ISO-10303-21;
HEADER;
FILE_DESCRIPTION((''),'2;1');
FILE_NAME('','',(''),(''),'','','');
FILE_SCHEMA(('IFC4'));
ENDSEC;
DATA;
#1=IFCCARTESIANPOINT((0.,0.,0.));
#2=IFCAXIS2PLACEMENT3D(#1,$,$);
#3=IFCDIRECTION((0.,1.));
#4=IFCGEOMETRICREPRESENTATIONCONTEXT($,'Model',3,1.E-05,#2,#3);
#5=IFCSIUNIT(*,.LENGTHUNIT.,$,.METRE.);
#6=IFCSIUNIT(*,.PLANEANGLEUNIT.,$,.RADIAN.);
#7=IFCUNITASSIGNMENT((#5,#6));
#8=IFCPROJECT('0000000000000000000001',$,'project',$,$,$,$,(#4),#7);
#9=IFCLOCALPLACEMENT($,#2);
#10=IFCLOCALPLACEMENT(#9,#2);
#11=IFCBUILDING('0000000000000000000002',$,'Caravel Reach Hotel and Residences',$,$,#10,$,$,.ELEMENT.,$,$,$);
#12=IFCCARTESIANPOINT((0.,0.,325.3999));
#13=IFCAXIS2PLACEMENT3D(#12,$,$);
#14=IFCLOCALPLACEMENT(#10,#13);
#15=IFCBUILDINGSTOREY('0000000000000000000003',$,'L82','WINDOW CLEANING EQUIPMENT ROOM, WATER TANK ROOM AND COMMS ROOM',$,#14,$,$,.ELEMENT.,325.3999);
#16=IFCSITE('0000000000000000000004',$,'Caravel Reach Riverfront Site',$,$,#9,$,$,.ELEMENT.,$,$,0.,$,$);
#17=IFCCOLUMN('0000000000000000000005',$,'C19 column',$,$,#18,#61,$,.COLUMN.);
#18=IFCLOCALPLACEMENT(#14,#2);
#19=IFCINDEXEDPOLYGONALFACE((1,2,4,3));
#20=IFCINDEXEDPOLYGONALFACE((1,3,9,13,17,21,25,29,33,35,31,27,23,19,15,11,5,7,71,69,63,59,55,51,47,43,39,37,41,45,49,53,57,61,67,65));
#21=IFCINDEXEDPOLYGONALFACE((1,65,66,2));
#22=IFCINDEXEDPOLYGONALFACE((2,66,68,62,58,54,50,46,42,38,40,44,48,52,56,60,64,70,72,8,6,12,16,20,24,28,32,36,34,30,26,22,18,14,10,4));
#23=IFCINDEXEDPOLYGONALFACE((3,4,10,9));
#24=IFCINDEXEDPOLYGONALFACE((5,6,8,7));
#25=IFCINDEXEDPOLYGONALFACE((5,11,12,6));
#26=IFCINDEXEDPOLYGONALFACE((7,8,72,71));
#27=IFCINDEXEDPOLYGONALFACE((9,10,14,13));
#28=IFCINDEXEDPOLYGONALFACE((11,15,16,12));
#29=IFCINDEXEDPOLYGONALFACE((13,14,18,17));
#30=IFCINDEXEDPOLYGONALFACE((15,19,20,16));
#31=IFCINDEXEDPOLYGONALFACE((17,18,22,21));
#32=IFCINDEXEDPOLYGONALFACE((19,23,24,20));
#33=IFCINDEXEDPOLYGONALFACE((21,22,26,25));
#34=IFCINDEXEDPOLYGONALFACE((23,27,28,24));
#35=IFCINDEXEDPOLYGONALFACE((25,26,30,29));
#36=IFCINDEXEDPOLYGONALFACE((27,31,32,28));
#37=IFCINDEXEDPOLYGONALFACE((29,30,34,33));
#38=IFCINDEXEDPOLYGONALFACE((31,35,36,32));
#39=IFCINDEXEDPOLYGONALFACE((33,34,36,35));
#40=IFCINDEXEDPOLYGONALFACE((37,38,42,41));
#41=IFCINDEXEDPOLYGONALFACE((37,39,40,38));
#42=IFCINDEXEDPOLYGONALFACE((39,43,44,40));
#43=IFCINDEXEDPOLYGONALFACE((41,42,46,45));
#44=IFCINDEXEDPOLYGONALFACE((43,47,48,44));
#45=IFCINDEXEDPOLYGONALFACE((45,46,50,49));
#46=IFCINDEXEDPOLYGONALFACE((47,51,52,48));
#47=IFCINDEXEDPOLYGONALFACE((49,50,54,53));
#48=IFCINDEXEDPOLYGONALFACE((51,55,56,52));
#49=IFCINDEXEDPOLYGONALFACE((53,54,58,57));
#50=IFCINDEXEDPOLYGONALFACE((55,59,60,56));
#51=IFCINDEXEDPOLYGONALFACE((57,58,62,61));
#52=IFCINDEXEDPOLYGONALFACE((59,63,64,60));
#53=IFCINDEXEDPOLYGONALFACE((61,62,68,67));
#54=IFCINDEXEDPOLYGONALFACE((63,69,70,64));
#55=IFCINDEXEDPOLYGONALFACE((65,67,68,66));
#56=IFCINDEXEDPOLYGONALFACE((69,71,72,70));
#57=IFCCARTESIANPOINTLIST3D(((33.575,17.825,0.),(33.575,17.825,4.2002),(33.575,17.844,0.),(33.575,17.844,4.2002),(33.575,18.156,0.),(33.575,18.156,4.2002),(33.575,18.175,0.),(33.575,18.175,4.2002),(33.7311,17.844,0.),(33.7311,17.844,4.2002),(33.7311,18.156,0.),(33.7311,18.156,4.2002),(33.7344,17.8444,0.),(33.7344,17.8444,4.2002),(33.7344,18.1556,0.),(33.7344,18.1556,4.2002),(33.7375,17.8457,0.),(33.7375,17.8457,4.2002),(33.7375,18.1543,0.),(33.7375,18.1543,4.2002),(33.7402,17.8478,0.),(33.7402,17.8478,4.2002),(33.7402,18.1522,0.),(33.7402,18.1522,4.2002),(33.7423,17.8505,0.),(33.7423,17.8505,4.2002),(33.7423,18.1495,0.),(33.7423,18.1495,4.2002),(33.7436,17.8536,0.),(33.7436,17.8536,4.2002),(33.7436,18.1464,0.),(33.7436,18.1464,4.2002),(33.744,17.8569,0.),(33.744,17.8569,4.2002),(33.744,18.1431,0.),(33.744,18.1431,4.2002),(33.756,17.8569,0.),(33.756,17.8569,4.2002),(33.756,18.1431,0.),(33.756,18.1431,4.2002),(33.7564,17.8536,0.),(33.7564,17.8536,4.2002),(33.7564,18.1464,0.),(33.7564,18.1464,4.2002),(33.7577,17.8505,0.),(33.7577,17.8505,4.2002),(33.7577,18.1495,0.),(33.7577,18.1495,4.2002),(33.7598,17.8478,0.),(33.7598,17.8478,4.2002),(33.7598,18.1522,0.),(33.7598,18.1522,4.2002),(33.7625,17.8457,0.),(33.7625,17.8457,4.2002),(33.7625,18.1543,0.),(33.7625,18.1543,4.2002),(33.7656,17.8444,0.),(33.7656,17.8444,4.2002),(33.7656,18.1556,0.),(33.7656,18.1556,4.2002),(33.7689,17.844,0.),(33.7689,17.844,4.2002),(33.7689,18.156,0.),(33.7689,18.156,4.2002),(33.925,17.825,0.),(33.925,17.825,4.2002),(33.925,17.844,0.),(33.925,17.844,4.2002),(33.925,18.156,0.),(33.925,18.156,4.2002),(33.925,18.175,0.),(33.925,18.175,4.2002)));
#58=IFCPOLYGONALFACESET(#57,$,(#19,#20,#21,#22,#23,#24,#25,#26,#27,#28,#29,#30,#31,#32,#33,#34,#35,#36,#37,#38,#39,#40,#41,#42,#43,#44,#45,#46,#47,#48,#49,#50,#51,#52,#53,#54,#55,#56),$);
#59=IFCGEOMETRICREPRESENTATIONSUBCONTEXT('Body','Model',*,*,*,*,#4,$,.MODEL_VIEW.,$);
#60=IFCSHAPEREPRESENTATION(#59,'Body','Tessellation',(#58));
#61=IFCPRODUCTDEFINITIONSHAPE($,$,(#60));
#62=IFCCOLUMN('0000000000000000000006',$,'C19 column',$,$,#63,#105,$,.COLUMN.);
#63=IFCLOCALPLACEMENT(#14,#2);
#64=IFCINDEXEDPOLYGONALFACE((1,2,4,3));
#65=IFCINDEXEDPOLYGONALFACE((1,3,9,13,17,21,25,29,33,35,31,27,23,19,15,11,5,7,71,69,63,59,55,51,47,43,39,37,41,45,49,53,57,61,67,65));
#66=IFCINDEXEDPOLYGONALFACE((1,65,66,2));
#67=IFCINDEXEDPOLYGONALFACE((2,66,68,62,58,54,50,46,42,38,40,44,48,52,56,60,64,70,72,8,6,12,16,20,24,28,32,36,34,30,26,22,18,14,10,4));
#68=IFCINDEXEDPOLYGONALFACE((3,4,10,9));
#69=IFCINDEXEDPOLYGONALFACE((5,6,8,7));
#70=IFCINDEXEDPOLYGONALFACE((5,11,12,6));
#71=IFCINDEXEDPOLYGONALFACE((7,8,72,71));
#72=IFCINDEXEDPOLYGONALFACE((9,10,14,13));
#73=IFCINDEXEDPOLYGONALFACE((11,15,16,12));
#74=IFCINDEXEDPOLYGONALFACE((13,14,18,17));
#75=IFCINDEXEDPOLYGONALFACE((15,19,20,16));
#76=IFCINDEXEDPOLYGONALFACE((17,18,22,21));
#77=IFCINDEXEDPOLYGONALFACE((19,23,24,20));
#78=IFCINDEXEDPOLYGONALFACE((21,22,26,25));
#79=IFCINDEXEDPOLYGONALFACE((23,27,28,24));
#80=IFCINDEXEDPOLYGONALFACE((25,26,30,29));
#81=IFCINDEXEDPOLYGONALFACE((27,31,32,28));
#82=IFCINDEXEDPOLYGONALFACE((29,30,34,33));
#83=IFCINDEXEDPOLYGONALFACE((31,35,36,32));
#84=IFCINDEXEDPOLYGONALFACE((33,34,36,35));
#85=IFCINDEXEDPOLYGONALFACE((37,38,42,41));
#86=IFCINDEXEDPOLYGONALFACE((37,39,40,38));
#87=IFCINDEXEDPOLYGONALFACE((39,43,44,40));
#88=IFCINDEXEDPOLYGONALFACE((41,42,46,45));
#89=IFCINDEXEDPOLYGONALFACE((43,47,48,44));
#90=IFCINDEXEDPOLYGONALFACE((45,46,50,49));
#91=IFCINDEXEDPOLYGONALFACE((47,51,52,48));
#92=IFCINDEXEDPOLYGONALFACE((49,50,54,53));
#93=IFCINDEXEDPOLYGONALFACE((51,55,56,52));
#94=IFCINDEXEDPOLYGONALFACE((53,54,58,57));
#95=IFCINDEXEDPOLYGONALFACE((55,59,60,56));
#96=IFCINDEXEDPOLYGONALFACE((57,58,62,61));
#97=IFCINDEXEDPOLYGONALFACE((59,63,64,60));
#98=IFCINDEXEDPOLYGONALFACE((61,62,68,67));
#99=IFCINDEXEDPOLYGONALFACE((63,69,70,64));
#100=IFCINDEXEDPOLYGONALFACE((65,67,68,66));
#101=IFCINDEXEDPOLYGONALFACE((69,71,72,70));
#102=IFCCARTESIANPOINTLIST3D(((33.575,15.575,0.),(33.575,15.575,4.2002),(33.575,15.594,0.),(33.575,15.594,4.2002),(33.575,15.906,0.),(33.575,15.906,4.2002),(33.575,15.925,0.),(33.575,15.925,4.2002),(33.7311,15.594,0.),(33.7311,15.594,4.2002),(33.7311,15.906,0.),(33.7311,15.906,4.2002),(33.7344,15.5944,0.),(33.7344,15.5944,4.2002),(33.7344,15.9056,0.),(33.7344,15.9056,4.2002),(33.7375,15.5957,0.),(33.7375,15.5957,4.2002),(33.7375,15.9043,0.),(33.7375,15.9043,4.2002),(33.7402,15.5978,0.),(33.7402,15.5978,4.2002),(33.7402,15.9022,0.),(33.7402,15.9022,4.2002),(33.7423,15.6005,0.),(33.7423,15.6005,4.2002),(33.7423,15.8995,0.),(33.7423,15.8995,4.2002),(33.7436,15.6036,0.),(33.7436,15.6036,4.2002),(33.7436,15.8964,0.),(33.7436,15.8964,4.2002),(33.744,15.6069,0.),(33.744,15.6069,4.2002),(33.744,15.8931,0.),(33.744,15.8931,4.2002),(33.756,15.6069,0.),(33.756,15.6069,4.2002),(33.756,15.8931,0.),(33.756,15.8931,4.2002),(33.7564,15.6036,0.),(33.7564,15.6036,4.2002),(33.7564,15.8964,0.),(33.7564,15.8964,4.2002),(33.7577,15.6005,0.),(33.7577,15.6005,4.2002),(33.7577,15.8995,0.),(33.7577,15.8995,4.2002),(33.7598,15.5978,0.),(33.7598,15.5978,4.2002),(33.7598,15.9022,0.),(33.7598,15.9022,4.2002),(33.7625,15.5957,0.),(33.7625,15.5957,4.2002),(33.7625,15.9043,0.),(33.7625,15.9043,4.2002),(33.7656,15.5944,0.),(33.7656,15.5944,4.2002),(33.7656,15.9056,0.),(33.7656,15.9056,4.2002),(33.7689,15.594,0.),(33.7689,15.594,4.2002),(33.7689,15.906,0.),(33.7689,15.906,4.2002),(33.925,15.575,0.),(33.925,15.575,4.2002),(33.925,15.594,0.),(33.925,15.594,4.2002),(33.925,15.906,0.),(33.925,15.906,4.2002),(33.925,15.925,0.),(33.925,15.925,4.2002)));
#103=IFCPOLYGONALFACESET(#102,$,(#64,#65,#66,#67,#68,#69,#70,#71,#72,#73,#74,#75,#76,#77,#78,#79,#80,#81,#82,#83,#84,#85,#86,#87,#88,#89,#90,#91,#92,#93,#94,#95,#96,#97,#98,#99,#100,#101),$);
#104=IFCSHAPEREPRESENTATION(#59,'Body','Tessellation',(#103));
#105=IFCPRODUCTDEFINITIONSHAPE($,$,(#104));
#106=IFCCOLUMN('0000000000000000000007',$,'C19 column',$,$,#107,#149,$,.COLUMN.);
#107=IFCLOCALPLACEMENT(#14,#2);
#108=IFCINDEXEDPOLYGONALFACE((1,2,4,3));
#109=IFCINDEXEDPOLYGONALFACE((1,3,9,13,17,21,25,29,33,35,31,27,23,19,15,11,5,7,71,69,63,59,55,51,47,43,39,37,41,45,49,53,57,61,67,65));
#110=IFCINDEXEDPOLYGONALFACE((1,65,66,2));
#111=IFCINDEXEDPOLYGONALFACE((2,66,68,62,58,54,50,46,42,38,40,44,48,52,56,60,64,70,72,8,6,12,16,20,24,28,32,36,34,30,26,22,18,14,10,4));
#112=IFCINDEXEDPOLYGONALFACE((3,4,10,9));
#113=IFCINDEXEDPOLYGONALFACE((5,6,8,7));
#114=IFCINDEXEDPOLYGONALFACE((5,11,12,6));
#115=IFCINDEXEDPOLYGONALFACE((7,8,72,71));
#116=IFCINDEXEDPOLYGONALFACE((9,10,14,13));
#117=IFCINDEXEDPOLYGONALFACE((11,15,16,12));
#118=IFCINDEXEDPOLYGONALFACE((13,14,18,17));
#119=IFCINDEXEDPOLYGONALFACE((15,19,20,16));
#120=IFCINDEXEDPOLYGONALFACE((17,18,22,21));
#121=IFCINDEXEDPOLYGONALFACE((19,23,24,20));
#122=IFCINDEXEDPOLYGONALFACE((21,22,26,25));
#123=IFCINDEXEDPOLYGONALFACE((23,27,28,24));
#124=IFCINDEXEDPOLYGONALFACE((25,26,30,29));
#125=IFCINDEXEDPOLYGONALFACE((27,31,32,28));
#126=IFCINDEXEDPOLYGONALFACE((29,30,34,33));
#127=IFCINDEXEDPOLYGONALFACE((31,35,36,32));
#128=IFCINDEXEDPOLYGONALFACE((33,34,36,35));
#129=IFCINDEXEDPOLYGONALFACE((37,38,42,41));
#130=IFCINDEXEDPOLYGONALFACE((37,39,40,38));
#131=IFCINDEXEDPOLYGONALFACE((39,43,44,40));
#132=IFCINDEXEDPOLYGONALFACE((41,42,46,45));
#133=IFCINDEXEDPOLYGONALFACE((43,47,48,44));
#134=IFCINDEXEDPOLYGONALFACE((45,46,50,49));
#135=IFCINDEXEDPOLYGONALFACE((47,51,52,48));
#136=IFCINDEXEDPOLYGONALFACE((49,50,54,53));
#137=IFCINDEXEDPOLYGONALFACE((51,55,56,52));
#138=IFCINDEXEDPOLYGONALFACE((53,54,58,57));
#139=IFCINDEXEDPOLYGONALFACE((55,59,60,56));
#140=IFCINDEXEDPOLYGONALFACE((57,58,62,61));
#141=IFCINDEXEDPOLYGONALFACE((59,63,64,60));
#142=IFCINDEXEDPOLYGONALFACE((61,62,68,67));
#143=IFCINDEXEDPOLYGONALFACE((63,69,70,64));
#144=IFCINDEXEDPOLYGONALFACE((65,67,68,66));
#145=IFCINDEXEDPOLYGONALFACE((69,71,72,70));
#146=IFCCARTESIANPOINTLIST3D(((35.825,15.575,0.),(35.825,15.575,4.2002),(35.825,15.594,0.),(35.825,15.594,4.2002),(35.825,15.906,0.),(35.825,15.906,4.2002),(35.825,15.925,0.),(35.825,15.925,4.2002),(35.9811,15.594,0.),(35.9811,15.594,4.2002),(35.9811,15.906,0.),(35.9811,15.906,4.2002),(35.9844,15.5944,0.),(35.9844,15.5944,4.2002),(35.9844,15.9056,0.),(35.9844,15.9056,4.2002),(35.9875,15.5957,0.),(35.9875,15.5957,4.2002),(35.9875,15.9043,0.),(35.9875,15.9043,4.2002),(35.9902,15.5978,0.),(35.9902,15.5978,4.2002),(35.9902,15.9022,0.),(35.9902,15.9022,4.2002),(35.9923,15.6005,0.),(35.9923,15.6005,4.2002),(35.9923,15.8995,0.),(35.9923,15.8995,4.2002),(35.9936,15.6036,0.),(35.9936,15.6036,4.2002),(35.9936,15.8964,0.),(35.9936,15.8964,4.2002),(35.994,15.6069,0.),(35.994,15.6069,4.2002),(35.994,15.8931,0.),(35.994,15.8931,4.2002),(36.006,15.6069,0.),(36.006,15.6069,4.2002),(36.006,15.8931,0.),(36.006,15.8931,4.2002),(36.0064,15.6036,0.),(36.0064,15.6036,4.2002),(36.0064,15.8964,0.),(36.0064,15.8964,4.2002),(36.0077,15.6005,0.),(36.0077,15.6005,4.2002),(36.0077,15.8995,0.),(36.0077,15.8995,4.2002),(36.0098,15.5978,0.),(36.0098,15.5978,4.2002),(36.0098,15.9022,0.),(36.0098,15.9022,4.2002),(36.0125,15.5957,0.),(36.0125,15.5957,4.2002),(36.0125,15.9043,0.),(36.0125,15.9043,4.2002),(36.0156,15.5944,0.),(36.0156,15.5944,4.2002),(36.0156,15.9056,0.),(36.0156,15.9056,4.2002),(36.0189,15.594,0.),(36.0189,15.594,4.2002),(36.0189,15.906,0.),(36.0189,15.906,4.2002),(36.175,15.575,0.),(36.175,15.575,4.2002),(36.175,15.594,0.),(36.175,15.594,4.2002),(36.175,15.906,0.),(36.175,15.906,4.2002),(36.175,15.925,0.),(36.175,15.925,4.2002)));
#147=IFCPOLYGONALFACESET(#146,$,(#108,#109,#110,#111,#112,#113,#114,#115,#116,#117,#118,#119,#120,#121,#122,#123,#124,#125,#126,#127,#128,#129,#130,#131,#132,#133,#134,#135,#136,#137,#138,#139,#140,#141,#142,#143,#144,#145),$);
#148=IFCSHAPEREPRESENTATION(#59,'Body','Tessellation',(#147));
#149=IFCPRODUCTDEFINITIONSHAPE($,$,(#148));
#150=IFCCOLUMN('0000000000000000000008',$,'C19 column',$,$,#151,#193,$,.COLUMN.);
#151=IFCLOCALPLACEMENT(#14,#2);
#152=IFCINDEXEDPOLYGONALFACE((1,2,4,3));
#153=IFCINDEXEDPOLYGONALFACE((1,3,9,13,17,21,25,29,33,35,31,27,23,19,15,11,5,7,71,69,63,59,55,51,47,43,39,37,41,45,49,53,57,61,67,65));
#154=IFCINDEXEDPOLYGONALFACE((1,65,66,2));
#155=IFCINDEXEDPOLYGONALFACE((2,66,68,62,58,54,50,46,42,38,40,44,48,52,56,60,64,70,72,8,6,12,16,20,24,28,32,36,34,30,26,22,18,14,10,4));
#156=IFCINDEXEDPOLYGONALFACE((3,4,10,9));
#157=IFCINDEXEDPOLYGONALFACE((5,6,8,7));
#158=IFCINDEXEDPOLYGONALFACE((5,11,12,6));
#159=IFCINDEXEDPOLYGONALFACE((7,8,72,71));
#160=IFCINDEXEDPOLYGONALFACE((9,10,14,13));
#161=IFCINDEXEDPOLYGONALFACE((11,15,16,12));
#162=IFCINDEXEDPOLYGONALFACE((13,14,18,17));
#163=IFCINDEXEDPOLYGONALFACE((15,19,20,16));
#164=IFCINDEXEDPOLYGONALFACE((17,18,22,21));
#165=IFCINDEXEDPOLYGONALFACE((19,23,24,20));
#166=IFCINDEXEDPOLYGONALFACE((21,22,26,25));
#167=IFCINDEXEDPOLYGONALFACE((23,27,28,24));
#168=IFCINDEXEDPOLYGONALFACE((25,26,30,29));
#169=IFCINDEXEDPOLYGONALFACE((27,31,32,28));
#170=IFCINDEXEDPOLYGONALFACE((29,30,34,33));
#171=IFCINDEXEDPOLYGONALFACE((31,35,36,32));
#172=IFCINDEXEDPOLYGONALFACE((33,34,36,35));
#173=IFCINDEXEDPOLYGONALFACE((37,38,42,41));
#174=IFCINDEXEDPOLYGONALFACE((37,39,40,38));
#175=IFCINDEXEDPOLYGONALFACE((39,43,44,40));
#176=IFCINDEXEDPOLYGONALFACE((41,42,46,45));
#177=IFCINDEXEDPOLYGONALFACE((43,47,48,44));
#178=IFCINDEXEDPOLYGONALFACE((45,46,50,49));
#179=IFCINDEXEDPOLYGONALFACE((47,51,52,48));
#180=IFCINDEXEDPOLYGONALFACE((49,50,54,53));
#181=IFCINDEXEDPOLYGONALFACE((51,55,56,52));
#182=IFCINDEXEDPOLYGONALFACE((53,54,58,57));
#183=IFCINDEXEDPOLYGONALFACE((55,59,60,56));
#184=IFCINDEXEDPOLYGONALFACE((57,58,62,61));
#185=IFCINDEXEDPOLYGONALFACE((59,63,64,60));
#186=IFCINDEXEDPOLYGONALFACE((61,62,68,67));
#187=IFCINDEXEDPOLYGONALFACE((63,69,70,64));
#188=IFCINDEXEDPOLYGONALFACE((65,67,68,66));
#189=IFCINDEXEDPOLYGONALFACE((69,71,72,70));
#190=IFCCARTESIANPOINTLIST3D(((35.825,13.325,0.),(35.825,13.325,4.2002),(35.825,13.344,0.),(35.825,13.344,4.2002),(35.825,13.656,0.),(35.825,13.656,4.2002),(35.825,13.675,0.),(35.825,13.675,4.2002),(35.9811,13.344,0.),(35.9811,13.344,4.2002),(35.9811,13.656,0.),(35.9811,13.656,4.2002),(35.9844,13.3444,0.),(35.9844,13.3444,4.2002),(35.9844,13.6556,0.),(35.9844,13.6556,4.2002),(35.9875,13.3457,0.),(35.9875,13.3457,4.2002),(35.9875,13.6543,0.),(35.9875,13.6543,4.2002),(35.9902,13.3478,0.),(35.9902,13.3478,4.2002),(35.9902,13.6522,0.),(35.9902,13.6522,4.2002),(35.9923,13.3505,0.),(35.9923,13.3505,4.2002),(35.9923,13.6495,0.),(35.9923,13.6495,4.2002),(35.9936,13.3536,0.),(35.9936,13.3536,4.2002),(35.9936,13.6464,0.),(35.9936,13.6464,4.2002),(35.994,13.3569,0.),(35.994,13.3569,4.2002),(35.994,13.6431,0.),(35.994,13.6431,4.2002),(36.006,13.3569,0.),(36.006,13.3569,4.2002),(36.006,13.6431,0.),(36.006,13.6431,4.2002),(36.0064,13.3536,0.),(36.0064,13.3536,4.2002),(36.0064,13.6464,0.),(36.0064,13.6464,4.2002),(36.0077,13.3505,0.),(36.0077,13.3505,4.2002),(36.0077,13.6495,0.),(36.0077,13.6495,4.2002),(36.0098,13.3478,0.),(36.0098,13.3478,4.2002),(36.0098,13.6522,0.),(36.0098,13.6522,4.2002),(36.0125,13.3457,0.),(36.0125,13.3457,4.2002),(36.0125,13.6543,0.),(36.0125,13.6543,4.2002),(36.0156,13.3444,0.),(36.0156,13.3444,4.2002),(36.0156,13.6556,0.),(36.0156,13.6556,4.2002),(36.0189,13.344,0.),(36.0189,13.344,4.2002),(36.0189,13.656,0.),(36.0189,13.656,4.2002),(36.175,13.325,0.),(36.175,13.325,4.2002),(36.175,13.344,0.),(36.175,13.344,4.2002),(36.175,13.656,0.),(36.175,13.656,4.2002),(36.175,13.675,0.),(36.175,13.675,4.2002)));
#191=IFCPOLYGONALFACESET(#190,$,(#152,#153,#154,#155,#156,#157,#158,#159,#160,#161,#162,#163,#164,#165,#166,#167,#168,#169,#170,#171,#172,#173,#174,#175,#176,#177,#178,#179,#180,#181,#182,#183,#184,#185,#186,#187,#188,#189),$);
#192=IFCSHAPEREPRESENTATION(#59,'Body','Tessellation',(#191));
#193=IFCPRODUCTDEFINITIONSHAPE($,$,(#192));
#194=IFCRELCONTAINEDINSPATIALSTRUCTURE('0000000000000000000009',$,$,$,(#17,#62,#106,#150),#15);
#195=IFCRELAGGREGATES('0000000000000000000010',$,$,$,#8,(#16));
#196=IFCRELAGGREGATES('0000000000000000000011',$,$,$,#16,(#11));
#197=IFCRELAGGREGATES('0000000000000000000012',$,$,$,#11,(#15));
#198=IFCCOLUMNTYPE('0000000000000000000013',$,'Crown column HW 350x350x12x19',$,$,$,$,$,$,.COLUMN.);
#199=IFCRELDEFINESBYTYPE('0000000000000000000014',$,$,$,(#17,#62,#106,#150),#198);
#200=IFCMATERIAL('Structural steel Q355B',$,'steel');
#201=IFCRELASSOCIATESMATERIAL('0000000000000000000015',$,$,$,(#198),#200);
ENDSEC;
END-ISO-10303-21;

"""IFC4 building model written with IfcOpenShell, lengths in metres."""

from ifc_helpers import new_model, si_unit, direction, frame, origin, origin_2d, place, context, subcontext, project, spatial, i_section, extrude, material, material_profile, profile_set, type_object, element, save


model = new_model("IFC4")

# Units and contexts
model_context = context("Model", 3, precision=1e-05, world=origin(), true_north=direction((0.0, 1.0)))
body_context = subcontext(model_context, "Body", "Model", "MODEL_VIEW")
ifc_project = project(units=[si_unit("LENGTHUNIT", "METRE"), si_unit("PLANEANGLEUNIT", "RADIAN")], contexts=[model_context])

# Site, building, storey
site_placement = place(None, origin())
site = spatial("IfcSite", under=ifc_project, at=site_placement, Name="Caravel Reach Riverfront Site", CompositionType="ELEMENT", RefElevation=0.0)
building_placement = place(site_placement, origin())
building = spatial("IfcBuilding", under=site, at=building_placement, Name="Caravel Reach Hotel and Residences", CompositionType="ELEMENT")
storey_placement = place(building_placement, frame((0.0, 0.0, 325.3999)))
storey = spatial("IfcBuildingStorey", under=building, at=storey_placement, Name="L82", Description="WINDOW CLEANING EQUIPMENT ROOM, WATER TANK ROOM AND COMMS ROOM", CompositionType="ELEMENT", Elevation=325.3999)

# Columns
ifc_material_1 = material(Name="Structural steel Q355B", Category="steel")
ifc_material_profile_1 = material_profile(ifc_material_1, i_section(OverallWidth=0.3501, OverallDepth=0.3501, WebThickness=0.012, FlangeThickness=0.019, FilletRadius=0.0129, at=origin_2d()), Name="HW 350x350x12x19")
ifc_profile_set_1 = profile_set([ifc_material_profile_1], Name="Structural steel Q355B")
column_type = type_object("IfcColumnType", Name="Crown column HW 350x350x12x19", PredefinedType="COLUMN", material=ifc_profile_set_1)
for number, where, z_axis, x_axis, name in (
    (1, (33.75, 18.0, 0.0), (0.0, 0.0, 1.0), (1.0, 0.0, 0.0), "C19 column"),
    (2, (33.75, 15.75, 0.0), (0.0, 0.0, 1.0), (1.0, 0.0, 0.0), "C19 column"),
    (3, (36.0, 15.75, 0.0), (0.0, 0.0, 1.0), (1.0, 0.0, 0.0), "C19 column"),
    (4, (36.0, 13.5, 0.0), (0.0, 0.0, 1.0), (1.0, 0.0, 0.0), "C19 column"),
):
    element("IfcColumn", number, at=place(storey_placement, frame(where, z_axis=z_axis, x_axis=x_axis)), inside=storey, type_object=column_type, Name=name, PredefinedType="COLUMN", context=body_context, shape_type="SweptSolid", body=[
        extrude(i_section(OverallWidth=0.3501, OverallDepth=0.3501, WebThickness=0.012, FlangeThickness=0.019, FilletRadius=0.0129, at=origin_2d()), origin(), (0.0, 0.0, 1.0), 4.2002),
    ])

save(model, "model.ifc")
